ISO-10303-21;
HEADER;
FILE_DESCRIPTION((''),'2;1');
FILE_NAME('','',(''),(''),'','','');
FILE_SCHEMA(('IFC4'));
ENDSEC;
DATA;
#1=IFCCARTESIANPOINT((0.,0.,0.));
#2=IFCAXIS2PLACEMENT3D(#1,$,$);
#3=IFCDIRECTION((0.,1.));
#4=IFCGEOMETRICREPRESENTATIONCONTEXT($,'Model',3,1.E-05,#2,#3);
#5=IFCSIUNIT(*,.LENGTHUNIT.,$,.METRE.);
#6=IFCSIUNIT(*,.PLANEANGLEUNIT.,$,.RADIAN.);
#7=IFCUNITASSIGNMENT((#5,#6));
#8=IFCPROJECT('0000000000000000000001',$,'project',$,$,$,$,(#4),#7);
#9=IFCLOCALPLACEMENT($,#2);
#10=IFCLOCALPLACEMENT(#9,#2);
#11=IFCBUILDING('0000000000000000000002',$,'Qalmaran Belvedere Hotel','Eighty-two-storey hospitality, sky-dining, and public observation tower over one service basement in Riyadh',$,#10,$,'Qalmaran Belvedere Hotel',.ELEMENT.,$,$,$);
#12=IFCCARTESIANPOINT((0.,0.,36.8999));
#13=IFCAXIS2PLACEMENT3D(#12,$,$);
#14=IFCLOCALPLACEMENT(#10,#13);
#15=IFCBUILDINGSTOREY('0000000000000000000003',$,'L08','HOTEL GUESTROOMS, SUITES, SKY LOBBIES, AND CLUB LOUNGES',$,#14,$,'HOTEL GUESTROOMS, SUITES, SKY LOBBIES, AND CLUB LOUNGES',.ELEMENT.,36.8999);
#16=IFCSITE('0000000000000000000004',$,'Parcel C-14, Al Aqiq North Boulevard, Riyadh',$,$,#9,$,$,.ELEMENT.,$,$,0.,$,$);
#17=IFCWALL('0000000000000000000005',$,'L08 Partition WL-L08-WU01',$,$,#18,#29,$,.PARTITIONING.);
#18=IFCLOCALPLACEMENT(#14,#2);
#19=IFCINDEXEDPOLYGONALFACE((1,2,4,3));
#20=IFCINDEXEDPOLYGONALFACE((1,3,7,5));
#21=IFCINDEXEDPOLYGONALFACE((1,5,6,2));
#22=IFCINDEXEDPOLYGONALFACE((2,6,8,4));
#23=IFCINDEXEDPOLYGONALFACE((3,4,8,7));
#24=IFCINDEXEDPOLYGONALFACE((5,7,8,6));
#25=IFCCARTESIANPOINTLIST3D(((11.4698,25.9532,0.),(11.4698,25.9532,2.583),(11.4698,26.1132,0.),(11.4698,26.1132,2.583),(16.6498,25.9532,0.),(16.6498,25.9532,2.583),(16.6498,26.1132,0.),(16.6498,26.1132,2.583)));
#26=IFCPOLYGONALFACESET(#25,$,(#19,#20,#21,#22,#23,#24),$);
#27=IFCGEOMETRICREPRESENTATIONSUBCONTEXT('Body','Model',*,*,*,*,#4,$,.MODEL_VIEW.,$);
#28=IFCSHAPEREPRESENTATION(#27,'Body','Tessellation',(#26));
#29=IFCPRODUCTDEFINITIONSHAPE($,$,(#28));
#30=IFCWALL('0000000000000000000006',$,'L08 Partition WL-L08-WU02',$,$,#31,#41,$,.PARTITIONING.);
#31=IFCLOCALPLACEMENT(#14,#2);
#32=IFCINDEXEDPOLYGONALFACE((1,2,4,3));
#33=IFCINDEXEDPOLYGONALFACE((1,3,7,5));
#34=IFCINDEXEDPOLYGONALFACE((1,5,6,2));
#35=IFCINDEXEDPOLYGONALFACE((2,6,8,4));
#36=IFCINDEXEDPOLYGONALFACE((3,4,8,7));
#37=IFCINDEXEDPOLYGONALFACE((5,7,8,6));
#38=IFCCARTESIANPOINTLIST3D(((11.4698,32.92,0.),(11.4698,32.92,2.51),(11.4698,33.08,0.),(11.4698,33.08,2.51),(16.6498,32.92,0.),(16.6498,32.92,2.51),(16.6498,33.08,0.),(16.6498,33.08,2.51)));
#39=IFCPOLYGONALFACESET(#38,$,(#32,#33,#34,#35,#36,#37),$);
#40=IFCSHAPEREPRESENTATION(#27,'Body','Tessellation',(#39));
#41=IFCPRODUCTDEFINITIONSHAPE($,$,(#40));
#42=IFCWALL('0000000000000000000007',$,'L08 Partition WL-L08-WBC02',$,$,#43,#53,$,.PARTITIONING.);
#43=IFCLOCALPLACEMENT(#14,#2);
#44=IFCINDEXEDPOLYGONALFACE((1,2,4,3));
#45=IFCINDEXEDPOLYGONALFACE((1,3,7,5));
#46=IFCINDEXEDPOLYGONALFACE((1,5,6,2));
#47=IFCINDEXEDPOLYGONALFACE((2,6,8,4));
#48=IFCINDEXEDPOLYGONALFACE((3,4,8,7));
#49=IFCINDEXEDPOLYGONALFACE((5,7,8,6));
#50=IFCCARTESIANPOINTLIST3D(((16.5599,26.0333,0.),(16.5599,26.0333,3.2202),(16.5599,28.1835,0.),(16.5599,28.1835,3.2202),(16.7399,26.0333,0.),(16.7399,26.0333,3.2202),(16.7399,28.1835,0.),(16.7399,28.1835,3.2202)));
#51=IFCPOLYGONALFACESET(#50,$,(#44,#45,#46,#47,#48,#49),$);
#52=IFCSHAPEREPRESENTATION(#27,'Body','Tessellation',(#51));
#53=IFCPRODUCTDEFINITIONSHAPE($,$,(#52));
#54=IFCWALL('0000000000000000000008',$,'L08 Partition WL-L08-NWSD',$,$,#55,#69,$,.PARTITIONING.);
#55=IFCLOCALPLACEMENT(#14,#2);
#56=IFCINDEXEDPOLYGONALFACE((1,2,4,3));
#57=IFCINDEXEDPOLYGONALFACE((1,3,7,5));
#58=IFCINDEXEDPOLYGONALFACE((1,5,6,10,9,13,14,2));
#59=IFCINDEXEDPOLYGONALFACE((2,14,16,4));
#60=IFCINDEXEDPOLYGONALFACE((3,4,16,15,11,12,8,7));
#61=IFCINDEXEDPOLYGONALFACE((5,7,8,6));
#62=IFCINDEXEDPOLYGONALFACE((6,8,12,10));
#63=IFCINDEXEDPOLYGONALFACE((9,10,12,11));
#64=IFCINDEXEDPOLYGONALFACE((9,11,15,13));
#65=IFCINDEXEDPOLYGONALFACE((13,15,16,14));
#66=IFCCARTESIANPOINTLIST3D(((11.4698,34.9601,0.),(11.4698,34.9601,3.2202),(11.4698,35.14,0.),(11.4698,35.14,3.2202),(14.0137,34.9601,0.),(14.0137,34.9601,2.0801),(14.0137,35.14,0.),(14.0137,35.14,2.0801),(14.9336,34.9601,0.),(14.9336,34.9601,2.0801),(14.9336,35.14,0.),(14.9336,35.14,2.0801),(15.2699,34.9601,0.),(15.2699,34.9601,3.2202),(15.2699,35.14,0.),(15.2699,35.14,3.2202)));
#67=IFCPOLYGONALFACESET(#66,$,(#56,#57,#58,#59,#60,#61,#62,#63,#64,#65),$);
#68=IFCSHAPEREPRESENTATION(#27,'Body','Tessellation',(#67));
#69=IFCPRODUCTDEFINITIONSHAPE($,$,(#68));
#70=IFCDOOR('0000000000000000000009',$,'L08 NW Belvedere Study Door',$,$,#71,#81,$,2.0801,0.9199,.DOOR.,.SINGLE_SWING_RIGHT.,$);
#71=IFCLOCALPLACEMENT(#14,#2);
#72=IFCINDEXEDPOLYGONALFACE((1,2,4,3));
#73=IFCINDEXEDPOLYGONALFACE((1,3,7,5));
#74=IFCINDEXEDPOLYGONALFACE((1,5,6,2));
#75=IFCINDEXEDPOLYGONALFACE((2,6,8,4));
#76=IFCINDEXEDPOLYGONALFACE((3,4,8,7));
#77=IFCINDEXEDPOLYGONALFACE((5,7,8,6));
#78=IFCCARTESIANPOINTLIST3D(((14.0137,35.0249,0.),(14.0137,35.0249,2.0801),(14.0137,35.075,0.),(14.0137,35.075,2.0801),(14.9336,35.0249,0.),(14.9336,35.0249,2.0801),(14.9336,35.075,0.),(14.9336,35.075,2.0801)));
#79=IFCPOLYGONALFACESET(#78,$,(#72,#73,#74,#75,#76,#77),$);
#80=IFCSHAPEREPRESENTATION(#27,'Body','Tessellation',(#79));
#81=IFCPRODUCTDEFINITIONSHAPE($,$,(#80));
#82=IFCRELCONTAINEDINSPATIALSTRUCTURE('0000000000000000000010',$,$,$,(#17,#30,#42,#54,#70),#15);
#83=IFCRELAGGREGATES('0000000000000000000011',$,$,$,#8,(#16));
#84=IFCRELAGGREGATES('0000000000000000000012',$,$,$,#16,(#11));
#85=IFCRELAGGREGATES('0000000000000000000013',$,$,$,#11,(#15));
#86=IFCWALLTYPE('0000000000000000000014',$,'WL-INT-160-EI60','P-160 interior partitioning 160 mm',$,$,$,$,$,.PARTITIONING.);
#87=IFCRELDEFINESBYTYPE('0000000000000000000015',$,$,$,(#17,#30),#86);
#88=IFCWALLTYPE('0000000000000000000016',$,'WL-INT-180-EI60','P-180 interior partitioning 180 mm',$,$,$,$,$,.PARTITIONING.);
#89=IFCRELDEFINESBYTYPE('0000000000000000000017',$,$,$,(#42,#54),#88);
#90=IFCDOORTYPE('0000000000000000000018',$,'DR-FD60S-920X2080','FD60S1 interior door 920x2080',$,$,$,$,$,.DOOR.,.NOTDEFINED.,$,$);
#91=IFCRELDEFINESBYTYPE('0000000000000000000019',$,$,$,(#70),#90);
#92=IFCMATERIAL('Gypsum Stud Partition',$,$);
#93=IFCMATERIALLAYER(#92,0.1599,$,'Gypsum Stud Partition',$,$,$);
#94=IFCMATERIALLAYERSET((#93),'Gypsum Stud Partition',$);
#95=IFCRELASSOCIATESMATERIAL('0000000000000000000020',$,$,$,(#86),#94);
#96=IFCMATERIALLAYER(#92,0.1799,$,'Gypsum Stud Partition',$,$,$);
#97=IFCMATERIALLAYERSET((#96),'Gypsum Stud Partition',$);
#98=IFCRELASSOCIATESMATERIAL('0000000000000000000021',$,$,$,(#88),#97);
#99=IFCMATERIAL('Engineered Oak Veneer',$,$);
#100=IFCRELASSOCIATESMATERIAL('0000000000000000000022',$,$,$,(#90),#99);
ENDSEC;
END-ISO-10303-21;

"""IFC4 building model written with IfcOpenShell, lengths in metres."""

from ifc_helpers import new_model, si_unit, direction, frame, frame_2d, origin, place, context, subcontext, project, spatial, rectangle, extrude, material, layer, layer_set, type_object, element, fill, save


model = new_model("IFC4")

# Units and contexts
model_context = context("Model", 3, precision=1e-05, world=origin(), true_north=direction((0.0, 1.0)))
body_context = subcontext(model_context, "Body", "Model", "MODEL_VIEW")
ifc_project = project(units=[si_unit("LENGTHUNIT", "METRE"), si_unit("PLANEANGLEUNIT", "RADIAN")], contexts=[model_context])

# Site, building, storey
site_placement = place(None, origin())
site = spatial("IfcSite", under=ifc_project, at=site_placement, Name="Parcel C-14, Al Aqiq North Boulevard, Riyadh", CompositionType="ELEMENT", RefElevation=0.0)
building_placement = place(site_placement, origin())
building = spatial("IfcBuilding", under=site, at=building_placement, Name="Qalmaran Belvedere Hotel", Description="Eighty-two-storey hospitality, sky-dining, and public observation tower over one service basement in Riyadh", LongName="Qalmaran Belvedere Hotel", CompositionType="ELEMENT")
storey_placement = place(building_placement, frame((0.0, 0.0, 36.8999)))
storey = spatial("IfcBuildingStorey", under=building, at=storey_placement, Name="L08", Description="HOTEL GUESTROOMS, SUITES, SKY LOBBIES, AND CLUB LOUNGES", LongName="HOTEL GUESTROOMS, SUITES, SKY LOBBIES, AND CLUB LOUNGES", CompositionType="ELEMENT", Elevation=36.8999)

# Shared definitions
ifc_material_1 = material(Name="Engineered Oak Veneer")

# Shared definitions
ifc_material_2 = material(Name="Gypsum Stud Partition")

# Walls
ifc_layer_1 = layer(ifc_material_2, 0.1599, Name="Gypsum Stud Partition")
ifc_layer_set_1 = layer_set([ifc_layer_1], Name="Gypsum Stud Partition")
wall_type_1 = type_object("IfcWallType", Name="WL-INT-160-EI60", Description="P-160 interior partitioning 160 mm", PredefinedType="PARTITIONING", material=ifc_layer_set_1)
wall_1_placement = place(storey_placement, frame((11.47, 26.0332, 0.0), z_axis=(0.0, 0.0, 1.0), x_axis=(1.0, 0.0, 0.0)))
element("IfcWall", 1, at=wall_1_placement, inside=storey, type_object=wall_type_1, Name="L08 Partition WL-L08-WU01", PredefinedType="PARTITIONING", context=body_context, shape_type="SweptSolid", body=[
    extrude(rectangle(XDim=5.1799, YDim=0.1599, at=frame_2d((2.5898, 0.0))), origin(), (0.0, 0.0, 1.0), 2.583),
])
wall_2_placement = place(storey_placement, frame((11.47, 33.0, 0.0), z_axis=(0.0, 0.0, 1.0), x_axis=(1.0, 0.0, 0.0)))
element("IfcWall", 2, at=wall_2_placement, inside=storey, type_object=wall_type_1, Name="L08 Partition WL-L08-WU02", PredefinedType="PARTITIONING", context=body_context, shape_type="SweptSolid", body=[
    extrude(rectangle(XDim=5.1799, YDim=0.1599, at=frame_2d((2.5898, 0.0))), origin(), (0.0, 0.0, 1.0), 2.51),
])

# Shared definitions
ifc_layer_2 = layer(ifc_material_2, 0.1799, Name="Gypsum Stud Partition")
ifc_layer_set_2 = layer_set([ifc_layer_2], Name="Gypsum Stud Partition")
wall_type_2 = type_object("IfcWallType", Name="WL-INT-180-EI60", Description="P-180 interior partitioning 180 mm", PredefinedType="PARTITIONING", material=ifc_layer_set_2)

# Wall
wall_3_placement = place(storey_placement, frame((16.6499, 26.0332, 0.0), z_axis=(0.0, 0.0, 1.0), x_axis=(0.0, 1.0, 0.0)))
element("IfcWall", 3, at=wall_3_placement, inside=storey, type_object=wall_type_2, Name="L08 Partition WL-L08-WBC02", PredefinedType="PARTITIONING", context=body_context, shape_type="SweptSolid", body=[
    extrude(rectangle(XDim=2.1501, YDim=0.1799, at=frame_2d((1.0752, 0.0))), origin(), (0.0, 0.0, 1.0), 3.2202),
])

# Wall, opening, door
wall_4_placement = place(storey_placement, frame((11.47, 35.05, 0.0), z_axis=(0.0, 0.0, 1.0), x_axis=(1.0, 0.0, 0.0)))
wall_4 = element("IfcWall", 4, at=wall_4_placement, inside=storey, type_object=wall_type_2, Name="L08 Partition WL-L08-NWSD", PredefinedType="PARTITIONING", context=body_context, shape_type="SweptSolid", body=[
    extrude(rectangle(XDim=3.8, YDim=0.1799, at=frame_2d((1.8999, 0.0))), origin(), (0.0, 0.0, 1.0), 3.2202),
])
opening_1_placement = place(wall_4_placement, frame((2.5437, 0.0, 0.0)))
opening_1 = element("IfcOpeningElement", 5, at=opening_1_placement, cuts=wall_4, PredefinedType="OPENING", context=body_context, shape_type="SweptSolid", body=[
    extrude(rectangle(XDim=0.9199, YDim=2.0801, at=frame_2d((0.46, 1.04))), frame((0.0, 0.1001, 0.0), z_axis=(0.0, -1.0, 0.0), x_axis=(1.0, 0.0, 0.0)), (0.0, 0.0, 1.0), 0.2),
])
door_type_1 = type_object("IfcDoorType", Name="DR-FD60S-920X2080", Description="FD60S1 interior door 920x2080", OperationType="NOTDEFINED", PredefinedType="DOOR", material=ifc_material_1)
door_1_placement = place(opening_1_placement, origin())
door_1 = element("IfcDoor", 6, at=door_1_placement, inside=storey, type_object=door_type_1, Name="L08 NW Belvedere Study Door", OperationType="SINGLE_SWING_RIGHT", OverallHeight=2.0801, OverallWidth=0.9199, PredefinedType="DOOR", context=body_context, shape_type="SweptSolid", body=[
    extrude(rectangle(XDim=0.9199, YDim=2.0801, at=frame_2d((0.46, 1.04))), frame((0.0, 0.0249, 0.0), z_axis=(0.0, -1.0, 0.0), x_axis=(1.0, 0.0, 0.0)), (0.0, 0.0, 1.0), 0.05),
])
fill(opening_1, door_1)

save(model, "model.ifc")
